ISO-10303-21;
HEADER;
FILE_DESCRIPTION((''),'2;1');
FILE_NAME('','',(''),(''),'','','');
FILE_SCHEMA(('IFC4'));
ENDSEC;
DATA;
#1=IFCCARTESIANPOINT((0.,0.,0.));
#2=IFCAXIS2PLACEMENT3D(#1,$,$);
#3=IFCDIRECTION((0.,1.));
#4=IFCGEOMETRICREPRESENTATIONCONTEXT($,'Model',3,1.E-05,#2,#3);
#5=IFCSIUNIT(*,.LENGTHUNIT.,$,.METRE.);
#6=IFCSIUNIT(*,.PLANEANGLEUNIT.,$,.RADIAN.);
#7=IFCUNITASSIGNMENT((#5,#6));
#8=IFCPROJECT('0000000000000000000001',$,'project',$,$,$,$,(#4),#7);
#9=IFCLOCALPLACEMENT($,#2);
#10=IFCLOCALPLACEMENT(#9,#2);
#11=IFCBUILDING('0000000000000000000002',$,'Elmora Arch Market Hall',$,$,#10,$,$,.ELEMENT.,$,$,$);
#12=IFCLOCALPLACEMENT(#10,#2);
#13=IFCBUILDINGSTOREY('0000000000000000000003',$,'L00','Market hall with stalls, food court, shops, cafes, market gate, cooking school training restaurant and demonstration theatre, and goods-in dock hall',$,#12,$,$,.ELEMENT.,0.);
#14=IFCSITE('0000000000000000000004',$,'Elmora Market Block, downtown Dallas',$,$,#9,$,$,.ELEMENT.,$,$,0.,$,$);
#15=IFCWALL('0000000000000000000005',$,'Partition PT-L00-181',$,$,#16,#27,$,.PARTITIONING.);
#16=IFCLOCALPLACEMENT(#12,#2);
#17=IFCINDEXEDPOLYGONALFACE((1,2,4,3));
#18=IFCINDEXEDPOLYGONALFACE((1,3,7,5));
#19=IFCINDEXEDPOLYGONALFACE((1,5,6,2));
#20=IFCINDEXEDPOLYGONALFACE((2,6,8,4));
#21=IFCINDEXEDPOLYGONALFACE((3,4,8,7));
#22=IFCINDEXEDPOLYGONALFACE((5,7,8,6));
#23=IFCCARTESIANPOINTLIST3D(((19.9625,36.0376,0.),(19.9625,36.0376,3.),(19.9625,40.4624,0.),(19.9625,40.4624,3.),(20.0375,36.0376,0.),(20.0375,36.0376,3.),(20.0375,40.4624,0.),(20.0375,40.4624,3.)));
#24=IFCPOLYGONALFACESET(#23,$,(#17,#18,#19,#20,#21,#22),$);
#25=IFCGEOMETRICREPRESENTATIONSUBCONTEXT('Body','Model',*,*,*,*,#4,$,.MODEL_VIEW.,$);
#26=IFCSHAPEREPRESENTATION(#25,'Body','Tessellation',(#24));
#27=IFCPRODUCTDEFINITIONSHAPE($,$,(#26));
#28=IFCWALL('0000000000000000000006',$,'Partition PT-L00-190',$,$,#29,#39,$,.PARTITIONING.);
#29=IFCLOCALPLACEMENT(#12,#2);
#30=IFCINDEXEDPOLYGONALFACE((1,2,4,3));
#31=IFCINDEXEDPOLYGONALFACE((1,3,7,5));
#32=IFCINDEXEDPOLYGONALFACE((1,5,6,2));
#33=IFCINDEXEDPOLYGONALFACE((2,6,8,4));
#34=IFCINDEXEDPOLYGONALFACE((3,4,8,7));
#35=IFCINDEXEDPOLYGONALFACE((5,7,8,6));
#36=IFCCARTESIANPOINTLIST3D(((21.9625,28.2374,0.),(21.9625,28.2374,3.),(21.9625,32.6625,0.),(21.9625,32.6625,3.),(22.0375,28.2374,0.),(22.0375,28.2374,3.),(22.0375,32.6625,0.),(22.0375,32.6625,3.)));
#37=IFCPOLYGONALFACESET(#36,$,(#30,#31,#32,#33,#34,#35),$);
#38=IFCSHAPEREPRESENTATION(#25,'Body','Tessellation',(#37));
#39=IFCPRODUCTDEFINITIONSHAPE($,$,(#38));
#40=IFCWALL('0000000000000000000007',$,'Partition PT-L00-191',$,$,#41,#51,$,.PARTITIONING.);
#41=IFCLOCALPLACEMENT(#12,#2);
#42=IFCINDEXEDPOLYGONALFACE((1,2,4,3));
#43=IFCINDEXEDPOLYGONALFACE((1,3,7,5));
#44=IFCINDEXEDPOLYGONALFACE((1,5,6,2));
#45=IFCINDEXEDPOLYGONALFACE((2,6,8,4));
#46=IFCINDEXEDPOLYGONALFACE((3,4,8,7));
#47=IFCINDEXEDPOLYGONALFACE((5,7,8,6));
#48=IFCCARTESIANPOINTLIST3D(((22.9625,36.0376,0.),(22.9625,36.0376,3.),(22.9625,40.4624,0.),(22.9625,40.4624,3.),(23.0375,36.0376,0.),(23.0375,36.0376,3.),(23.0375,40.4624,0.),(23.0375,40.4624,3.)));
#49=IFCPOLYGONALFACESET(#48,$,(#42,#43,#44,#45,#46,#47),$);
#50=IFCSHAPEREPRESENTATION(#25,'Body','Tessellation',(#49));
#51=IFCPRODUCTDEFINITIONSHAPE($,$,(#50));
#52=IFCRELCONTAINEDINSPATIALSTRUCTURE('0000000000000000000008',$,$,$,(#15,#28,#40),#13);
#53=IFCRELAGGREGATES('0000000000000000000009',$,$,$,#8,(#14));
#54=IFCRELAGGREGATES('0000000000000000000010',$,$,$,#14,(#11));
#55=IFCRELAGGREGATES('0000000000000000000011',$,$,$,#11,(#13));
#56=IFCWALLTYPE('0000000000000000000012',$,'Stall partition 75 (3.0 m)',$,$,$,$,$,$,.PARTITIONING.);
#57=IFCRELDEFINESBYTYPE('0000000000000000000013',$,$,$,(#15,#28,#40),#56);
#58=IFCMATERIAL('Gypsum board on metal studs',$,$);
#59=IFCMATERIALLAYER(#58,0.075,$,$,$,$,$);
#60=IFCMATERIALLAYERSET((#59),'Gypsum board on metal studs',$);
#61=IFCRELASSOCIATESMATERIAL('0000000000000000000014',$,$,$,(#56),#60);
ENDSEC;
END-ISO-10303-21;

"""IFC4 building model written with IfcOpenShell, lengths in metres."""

from ifc_helpers import new_model, si_unit, direction, frame, frame_2d, origin, place, context, subcontext, project, spatial, rectangle, extrude, material, layer, layer_set, type_object, element, save


model = new_model("IFC4")

# Units and contexts
model_context = context("Model", 3, precision=1e-05, world=origin(), true_north=direction((0.0, 1.0)))
body_context = subcontext(model_context, "Body", "Model", "MODEL_VIEW")
ifc_project = project(units=[si_unit("LENGTHUNIT", "METRE"), si_unit("PLANEANGLEUNIT", "RADIAN")], contexts=[model_context])

# Site, building, storey
site_placement = place(None, origin())
site = spatial("IfcSite", under=ifc_project, at=site_placement, Name="Elmora Market Block, downtown Dallas", CompositionType="ELEMENT", RefElevation=0.0)
building_placement = place(site_placement, origin())
building = spatial("IfcBuilding", under=site, at=building_placement, Name="Elmora Arch Market Hall", CompositionType="ELEMENT")
storey_placement = place(building_placement, origin())
storey = spatial("IfcBuildingStorey", under=building, at=storey_placement, Name="L00", Description="Market hall with stalls, food court, shops, cafes, market gate, cooking school training restaurant and demonstration theatre, and goods-in dock hall", CompositionType="ELEMENT", Elevation=0.0)

# Shared definitions
ifc_material_1 = material(Name="Gypsum board on metal studs")
ifc_layer_1 = layer(ifc_material_1, 0.075)
ifc_layer_set_1 = layer_set([ifc_layer_1], Name="Gypsum board on metal studs")
wall_type_1 = type_object("IfcWallType", Name="Stall partition 75 (3.0 m)", PredefinedType="PARTITIONING", material=ifc_layer_set_1)

# Walls
for number, where, z_axis, x_axis, name in (
    (1, (20.0, 36.0376, 0.0), (0.0, 0.0, 1.0), (0.0, 1.0, 0.0), "Partition PT-L00-181"),
):
    element("IfcWall", number, at=place(storey_placement, frame(where, z_axis=z_axis, x_axis=x_axis)), inside=storey, type_object=wall_type_1, Name=name, PredefinedType="PARTITIONING", context=body_context, shape_type="SweptSolid", body=[
        extrude(rectangle(XDim=4.4248, YDim=0.075, at=frame_2d((2.2124, 0.0))), origin(), (0.0, 0.0, 1.0), 3.0),
    ])
wall_1_placement = place(storey_placement, frame((22.0, 28.2375, 0.0), z_axis=(0.0, 0.0, 1.0), x_axis=(0.0, 1.0, 0.0)))
element("IfcWall", 2, at=wall_1_placement, inside=storey, type_object=wall_type_1, Name="Partition PT-L00-190", PredefinedType="PARTITIONING", context=body_context, shape_type="SweptSolid", body=[
    extrude(rectangle(XDim=4.425, YDim=0.075, at=frame_2d((2.2124, 0.0))), origin(), (0.0, 0.0, 1.0), 3.0),
])
wall_2_placement = place(storey_placement, frame((23.0, 36.0376, 0.0), z_axis=(0.0, 0.0, 1.0), x_axis=(0.0, 1.0, 0.0)))
element("IfcWall", 3, at=wall_2_placement, inside=storey, type_object=wall_type_1, Name="Partition PT-L00-191", PredefinedType="PARTITIONING", context=body_context, shape_type="SweptSolid", body=[
    extrude(rectangle(XDim=4.4248, YDim=0.075, at=frame_2d((2.2124, 0.0))), origin(), (0.0, 0.0, 1.0), 3.0),
])

save(model, "model.ifc")
